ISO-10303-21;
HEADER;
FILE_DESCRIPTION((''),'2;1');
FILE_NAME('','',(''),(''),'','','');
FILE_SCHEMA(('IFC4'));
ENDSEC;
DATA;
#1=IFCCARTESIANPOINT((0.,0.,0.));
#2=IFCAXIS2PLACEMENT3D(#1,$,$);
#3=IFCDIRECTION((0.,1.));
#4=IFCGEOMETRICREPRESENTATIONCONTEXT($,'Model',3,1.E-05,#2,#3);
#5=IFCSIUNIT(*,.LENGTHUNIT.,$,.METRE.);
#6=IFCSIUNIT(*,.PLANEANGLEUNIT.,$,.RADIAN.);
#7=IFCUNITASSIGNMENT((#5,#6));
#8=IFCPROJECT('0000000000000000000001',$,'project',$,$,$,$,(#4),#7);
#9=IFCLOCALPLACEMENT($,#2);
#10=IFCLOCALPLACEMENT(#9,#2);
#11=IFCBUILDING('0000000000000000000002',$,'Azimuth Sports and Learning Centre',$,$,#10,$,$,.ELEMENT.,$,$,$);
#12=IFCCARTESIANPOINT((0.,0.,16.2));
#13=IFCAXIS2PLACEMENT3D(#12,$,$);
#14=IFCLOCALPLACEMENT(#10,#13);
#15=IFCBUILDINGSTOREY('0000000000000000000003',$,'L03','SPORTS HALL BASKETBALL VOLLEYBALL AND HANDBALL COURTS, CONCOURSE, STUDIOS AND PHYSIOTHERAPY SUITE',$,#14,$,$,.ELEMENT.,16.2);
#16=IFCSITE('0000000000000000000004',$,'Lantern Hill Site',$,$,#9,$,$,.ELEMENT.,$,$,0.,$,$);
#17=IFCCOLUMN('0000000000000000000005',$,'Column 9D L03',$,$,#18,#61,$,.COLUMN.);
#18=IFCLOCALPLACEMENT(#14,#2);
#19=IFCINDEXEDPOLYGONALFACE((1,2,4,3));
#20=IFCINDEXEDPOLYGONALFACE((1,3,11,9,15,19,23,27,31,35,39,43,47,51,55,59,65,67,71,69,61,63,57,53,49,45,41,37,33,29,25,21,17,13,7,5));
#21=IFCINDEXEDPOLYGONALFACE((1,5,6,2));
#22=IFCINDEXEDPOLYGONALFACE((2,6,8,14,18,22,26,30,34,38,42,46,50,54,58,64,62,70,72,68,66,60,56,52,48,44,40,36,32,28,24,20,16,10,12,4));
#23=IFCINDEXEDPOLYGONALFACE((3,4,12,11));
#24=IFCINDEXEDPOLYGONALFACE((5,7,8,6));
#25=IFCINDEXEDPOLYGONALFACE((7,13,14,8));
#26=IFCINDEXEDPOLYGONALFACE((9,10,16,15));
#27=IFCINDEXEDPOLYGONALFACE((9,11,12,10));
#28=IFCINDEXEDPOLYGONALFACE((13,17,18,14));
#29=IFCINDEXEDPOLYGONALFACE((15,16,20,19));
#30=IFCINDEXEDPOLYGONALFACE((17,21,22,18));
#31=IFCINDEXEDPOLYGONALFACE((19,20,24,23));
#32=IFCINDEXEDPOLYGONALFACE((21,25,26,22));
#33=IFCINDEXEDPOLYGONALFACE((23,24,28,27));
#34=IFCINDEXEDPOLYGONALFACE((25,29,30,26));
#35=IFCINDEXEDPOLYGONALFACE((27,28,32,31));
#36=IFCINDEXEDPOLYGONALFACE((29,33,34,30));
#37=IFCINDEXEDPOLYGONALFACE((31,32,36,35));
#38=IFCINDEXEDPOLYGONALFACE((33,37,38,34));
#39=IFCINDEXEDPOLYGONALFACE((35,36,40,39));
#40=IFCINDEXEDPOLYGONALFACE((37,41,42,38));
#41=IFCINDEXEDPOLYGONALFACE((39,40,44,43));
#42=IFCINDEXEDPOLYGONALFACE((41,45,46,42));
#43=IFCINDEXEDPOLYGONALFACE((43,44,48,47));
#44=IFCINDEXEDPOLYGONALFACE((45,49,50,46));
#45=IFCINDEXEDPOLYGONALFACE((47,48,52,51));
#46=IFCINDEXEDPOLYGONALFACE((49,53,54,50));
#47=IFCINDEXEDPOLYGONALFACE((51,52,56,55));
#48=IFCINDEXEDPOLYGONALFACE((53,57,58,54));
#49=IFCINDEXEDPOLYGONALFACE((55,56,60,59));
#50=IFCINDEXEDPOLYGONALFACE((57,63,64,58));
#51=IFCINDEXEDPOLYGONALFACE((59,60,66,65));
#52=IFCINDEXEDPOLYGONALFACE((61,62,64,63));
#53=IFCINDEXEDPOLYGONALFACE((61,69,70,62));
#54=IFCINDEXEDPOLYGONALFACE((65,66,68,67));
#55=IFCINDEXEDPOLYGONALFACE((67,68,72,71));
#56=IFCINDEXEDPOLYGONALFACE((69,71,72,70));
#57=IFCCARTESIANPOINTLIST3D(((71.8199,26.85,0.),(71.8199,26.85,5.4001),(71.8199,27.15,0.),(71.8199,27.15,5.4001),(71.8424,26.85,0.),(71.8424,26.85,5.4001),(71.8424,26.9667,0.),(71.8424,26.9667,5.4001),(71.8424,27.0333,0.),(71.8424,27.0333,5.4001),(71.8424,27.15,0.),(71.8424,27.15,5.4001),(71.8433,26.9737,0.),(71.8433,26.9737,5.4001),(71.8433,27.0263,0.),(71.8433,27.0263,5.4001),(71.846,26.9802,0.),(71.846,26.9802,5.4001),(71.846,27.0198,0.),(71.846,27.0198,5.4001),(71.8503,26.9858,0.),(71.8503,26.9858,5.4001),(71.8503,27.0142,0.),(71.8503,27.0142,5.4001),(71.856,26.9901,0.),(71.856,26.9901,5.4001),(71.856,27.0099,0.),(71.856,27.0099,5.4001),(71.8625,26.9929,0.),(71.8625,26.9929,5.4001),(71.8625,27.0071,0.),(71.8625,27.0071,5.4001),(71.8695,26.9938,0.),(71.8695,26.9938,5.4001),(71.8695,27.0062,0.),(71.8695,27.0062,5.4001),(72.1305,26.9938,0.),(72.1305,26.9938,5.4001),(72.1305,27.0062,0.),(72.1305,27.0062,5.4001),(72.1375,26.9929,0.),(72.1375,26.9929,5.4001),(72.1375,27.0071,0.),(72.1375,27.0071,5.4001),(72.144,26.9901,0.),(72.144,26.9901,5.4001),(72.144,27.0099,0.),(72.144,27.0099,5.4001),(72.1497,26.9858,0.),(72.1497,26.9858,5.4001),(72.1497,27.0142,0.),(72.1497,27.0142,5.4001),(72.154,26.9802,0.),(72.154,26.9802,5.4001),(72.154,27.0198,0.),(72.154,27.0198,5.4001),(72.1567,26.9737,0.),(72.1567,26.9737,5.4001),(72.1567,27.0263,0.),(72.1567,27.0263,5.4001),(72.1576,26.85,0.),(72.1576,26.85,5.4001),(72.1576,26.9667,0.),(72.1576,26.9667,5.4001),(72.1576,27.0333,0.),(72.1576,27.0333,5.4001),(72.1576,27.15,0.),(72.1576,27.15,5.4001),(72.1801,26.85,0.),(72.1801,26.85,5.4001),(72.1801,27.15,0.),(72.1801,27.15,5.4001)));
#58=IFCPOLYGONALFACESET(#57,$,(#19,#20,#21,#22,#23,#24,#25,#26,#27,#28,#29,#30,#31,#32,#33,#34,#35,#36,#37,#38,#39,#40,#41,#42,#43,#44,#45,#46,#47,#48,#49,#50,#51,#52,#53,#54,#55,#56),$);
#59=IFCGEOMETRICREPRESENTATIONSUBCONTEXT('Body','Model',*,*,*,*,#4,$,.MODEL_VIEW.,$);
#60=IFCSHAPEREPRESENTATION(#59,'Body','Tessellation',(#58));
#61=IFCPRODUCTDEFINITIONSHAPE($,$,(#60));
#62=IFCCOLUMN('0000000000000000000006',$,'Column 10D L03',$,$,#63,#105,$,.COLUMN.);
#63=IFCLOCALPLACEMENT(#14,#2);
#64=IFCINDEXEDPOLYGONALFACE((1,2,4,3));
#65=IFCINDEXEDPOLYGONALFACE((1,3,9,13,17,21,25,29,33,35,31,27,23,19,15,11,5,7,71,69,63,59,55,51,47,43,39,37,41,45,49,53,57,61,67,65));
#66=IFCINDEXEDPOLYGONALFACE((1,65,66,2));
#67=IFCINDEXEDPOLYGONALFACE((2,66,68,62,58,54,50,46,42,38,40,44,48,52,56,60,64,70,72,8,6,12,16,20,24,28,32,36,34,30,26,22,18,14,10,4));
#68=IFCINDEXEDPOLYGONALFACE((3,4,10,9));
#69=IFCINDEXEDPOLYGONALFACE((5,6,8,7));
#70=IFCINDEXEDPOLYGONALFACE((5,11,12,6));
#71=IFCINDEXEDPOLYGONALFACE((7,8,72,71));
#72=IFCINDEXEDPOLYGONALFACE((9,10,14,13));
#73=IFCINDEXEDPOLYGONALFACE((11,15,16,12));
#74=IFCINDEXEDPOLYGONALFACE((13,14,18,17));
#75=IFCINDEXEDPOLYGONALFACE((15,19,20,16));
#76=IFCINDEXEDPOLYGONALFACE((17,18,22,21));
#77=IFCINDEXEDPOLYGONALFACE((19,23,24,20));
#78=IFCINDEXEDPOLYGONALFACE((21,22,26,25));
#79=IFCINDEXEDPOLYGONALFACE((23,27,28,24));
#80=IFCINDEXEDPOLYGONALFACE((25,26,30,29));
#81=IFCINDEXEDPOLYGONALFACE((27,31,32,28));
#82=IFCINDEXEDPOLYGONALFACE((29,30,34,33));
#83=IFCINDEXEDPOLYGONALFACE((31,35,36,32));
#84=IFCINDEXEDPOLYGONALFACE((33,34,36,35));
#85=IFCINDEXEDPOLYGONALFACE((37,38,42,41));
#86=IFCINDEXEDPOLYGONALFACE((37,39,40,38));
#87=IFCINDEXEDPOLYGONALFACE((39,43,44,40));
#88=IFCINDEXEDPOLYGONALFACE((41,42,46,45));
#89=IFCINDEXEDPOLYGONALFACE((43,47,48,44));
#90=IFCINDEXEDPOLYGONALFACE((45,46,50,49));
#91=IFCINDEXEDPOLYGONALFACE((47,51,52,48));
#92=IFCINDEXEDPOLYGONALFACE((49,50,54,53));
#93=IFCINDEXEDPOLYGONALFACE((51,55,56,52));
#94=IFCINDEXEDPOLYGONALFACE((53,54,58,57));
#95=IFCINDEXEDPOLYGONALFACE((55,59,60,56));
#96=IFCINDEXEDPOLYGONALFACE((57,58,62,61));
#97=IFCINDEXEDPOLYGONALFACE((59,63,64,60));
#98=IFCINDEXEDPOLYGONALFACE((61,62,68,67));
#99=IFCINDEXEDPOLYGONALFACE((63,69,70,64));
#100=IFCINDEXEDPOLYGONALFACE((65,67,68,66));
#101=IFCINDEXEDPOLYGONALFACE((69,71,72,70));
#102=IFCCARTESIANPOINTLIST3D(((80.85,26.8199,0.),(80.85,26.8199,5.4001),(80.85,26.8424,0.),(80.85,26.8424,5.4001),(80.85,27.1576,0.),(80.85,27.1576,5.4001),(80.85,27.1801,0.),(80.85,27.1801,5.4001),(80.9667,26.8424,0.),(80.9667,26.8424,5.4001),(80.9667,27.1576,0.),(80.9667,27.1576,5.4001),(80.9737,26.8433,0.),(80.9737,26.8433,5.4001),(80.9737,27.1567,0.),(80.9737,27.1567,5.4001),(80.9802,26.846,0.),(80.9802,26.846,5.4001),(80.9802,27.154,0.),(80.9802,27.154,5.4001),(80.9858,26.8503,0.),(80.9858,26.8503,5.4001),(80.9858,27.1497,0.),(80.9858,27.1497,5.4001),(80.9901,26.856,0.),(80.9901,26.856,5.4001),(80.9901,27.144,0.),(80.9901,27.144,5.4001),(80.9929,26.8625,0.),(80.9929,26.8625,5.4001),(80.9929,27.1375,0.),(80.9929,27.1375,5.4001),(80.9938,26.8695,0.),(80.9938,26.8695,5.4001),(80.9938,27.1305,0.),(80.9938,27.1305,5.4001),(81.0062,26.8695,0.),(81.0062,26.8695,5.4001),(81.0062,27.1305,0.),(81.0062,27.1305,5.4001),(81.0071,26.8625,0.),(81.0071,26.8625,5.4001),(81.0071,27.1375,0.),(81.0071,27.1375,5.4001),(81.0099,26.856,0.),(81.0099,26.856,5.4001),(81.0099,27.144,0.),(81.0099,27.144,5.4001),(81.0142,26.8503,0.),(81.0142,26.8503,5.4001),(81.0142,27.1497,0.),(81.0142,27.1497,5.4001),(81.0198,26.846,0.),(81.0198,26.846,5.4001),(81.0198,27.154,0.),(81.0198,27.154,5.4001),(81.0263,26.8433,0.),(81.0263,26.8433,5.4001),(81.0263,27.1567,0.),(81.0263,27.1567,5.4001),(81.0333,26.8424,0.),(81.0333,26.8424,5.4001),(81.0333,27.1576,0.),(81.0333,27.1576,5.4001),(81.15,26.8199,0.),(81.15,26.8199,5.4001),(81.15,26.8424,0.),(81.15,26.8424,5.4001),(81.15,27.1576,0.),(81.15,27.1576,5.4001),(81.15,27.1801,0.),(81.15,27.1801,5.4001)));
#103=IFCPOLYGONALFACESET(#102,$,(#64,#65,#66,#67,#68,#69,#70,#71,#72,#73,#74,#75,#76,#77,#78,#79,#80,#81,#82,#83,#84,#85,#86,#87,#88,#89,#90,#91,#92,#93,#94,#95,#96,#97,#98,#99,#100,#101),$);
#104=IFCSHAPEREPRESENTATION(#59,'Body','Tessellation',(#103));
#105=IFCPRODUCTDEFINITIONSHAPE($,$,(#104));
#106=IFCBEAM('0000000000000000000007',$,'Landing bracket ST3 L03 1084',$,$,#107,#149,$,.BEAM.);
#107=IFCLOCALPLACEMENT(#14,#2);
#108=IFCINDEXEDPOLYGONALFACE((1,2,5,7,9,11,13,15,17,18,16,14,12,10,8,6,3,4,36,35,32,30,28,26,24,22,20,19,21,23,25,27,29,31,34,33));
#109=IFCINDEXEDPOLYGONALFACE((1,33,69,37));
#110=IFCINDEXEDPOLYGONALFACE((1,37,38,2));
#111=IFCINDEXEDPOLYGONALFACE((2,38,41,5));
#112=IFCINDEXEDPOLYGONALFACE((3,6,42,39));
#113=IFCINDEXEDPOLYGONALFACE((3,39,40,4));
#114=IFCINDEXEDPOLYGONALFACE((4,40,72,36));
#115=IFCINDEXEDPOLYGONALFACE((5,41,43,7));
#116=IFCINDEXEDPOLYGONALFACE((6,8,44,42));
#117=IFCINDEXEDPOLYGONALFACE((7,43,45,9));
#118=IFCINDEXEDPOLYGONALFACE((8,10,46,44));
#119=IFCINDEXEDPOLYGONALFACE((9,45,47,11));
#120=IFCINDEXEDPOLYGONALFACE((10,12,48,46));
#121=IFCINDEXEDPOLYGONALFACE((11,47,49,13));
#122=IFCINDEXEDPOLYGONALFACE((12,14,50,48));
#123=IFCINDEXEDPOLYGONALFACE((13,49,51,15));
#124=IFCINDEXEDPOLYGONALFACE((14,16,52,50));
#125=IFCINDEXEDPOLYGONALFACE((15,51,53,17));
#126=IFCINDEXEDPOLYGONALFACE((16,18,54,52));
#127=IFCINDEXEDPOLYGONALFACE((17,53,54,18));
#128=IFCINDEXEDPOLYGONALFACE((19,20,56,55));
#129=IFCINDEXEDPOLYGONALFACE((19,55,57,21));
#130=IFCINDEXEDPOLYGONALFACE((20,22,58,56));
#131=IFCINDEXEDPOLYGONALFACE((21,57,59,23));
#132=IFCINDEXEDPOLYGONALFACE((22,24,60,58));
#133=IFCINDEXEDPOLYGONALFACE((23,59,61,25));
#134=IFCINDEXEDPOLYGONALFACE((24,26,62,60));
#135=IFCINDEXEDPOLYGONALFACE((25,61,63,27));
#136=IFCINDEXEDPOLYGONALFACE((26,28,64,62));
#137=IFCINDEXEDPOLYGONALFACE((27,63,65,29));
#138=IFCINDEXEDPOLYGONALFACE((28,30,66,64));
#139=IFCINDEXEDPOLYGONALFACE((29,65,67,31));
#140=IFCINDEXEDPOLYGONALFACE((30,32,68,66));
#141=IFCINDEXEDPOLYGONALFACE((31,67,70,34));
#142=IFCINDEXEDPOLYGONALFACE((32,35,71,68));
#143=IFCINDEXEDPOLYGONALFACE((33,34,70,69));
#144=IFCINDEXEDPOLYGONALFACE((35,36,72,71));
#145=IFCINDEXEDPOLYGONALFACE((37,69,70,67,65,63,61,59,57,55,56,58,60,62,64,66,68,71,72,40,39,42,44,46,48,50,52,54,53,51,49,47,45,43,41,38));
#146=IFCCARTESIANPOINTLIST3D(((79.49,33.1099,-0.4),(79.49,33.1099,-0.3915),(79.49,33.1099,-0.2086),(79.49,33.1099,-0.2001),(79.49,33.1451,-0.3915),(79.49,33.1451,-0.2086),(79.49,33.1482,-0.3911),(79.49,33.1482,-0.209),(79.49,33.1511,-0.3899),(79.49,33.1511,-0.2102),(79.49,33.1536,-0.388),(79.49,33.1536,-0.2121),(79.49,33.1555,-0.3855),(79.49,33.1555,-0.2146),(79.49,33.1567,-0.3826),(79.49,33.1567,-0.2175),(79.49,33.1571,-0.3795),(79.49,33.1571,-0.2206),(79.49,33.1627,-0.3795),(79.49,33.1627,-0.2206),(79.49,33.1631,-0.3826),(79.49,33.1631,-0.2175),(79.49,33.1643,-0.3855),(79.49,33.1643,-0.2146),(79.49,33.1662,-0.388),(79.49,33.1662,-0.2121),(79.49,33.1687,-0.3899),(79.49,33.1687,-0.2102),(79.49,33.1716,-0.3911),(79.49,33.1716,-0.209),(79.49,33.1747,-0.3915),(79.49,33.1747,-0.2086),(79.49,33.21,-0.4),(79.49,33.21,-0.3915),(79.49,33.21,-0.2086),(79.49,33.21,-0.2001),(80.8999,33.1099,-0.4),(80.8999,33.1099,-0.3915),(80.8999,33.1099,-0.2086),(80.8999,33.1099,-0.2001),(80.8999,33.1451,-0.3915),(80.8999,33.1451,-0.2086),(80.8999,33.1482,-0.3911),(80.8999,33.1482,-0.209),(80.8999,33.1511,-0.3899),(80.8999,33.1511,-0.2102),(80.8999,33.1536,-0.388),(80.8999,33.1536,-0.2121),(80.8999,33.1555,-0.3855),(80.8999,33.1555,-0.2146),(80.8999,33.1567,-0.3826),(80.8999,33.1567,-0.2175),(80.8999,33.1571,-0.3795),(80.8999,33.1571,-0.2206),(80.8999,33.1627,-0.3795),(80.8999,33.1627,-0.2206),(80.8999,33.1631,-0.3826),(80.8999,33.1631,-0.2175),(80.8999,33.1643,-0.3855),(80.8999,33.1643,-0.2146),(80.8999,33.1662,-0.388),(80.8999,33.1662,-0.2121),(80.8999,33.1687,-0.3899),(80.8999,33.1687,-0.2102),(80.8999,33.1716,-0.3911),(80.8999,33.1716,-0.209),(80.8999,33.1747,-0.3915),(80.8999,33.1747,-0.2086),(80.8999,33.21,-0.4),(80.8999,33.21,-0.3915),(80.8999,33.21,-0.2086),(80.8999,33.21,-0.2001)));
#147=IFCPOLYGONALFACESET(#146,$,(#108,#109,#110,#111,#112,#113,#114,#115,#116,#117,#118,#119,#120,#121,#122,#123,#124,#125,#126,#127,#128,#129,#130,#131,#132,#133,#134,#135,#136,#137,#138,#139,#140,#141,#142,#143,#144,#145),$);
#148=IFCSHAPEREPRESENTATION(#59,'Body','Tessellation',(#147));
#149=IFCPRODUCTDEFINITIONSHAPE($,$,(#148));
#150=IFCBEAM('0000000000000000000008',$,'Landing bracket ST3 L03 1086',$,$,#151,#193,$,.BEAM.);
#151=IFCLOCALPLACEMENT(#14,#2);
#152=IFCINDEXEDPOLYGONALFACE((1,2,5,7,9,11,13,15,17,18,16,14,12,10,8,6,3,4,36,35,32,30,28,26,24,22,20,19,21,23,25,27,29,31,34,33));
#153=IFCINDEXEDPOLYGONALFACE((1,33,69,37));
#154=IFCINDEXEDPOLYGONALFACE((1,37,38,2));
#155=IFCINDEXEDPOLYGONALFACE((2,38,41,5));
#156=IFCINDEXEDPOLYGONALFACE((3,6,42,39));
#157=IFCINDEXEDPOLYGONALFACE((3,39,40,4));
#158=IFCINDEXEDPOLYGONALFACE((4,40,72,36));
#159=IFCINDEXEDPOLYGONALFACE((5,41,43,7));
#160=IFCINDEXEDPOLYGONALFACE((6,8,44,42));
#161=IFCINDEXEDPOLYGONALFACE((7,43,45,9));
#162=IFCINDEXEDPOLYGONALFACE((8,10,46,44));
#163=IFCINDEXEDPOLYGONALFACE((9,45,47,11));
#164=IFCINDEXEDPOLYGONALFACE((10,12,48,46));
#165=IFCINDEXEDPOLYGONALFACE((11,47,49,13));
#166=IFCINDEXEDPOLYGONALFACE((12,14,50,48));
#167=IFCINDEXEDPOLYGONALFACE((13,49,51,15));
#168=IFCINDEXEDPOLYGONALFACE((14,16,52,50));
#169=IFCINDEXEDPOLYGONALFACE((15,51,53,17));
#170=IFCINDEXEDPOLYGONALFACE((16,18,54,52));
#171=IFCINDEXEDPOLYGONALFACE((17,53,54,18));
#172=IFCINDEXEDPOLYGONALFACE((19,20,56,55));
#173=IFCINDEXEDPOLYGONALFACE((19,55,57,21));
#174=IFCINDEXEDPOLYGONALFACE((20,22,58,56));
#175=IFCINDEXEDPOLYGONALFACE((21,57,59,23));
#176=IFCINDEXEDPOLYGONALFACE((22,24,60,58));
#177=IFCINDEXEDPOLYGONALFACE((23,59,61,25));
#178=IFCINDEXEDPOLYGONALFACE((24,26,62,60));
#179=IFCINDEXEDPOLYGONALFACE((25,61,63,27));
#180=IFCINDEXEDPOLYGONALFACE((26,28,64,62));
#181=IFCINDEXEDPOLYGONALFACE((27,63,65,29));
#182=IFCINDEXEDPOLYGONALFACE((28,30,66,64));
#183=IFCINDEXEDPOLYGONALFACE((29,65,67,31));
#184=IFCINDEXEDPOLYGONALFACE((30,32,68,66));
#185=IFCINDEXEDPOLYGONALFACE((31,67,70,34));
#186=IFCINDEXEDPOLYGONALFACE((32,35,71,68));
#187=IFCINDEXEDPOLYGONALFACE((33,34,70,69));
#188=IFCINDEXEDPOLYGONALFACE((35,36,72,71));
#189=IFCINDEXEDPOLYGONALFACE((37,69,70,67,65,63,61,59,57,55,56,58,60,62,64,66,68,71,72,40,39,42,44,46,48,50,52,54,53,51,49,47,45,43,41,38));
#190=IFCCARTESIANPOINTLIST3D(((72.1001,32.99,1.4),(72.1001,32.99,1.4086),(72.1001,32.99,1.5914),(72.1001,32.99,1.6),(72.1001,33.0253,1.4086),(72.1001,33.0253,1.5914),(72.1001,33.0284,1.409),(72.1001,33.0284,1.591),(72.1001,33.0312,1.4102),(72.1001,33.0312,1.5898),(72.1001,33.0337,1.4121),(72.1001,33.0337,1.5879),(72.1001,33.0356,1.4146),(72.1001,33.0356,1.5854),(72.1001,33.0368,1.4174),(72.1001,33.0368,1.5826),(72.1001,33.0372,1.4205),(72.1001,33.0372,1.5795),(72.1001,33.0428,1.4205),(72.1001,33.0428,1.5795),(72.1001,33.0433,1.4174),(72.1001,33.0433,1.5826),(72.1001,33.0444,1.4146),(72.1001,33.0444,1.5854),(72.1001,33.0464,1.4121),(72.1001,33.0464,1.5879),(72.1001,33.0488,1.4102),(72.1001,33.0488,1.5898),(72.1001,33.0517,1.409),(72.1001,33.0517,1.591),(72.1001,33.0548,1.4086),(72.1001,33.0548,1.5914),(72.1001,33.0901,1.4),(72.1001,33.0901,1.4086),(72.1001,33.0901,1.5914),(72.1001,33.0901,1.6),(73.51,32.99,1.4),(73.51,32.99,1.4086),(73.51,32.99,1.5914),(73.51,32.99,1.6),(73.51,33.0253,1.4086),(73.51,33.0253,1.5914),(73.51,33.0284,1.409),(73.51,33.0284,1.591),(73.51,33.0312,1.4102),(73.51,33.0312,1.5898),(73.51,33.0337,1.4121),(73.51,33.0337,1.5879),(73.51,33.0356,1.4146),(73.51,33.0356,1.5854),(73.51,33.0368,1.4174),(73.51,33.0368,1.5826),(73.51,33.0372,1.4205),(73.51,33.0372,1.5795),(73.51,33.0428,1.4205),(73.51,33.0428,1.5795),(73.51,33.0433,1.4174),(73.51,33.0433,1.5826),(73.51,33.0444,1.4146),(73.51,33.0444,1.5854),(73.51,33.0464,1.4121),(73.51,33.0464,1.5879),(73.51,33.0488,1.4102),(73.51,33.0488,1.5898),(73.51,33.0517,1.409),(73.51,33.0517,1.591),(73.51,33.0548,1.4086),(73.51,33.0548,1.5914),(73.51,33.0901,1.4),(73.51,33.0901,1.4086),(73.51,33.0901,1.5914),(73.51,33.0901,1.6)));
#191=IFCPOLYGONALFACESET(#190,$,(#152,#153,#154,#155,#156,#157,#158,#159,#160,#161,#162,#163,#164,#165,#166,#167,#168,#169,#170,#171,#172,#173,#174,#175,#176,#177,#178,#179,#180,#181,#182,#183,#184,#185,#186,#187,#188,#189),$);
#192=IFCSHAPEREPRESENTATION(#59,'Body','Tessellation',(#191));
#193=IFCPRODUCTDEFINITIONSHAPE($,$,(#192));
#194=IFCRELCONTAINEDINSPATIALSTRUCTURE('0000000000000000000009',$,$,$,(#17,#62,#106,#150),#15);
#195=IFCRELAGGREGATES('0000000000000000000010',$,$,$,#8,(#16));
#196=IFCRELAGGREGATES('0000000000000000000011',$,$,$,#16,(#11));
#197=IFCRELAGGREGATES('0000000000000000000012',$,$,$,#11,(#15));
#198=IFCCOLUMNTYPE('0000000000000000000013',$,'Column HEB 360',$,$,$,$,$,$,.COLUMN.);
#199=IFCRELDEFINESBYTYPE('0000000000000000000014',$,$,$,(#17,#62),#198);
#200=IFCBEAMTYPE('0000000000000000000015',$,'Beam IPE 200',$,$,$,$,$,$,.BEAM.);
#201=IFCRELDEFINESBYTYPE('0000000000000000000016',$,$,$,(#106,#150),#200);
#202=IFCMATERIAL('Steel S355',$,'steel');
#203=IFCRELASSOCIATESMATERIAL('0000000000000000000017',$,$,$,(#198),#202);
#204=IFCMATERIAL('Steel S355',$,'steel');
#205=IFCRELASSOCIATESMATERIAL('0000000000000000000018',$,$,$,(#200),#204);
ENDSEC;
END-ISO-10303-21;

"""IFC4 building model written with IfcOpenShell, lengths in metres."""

from ifc_helpers import new_model, si_unit, direction, frame, origin, origin_2d, place, context, subcontext, project, spatial, i_section, extrude, material, material_profile, profile_set, type_object, element, save


model = new_model("IFC4")

# Units and contexts
model_context = context("Model", 3, precision=1e-05, world=origin(), true_north=direction((0.0, 1.0)))
body_context = subcontext(model_context, "Body", "Model", "MODEL_VIEW")
ifc_project = project(units=[si_unit("LENGTHUNIT", "METRE"), si_unit("PLANEANGLEUNIT", "RADIAN")], contexts=[model_context])

# Site, building, storey
site_placement = place(None, origin())
site = spatial("IfcSite", under=ifc_project, at=site_placement, Name="Lantern Hill Site", CompositionType="ELEMENT", RefElevation=0.0)
building_placement = place(site_placement, origin())
building = spatial("IfcBuilding", under=site, at=building_placement, Name="Azimuth Sports and Learning Centre", CompositionType="ELEMENT")
storey_placement = place(building_placement, frame((0.0, 0.0, 16.2)))
storey = spatial("IfcBuildingStorey", under=building, at=storey_placement, Name="L03", Description="SPORTS HALL BASKETBALL VOLLEYBALL AND HANDBALL COURTS, CONCOURSE, STUDIOS AND PHYSIOTHERAPY SUITE", CompositionType="ELEMENT", Elevation=16.2)

# Columns
ifc_material_1 = material(Name="Steel S355", Category="steel")
ifc_material_profile_1 = material_profile(ifc_material_1, i_section(OverallWidth=0.3, OverallDepth=0.3601, WebThickness=0.0125, FlangeThickness=0.0225, FilletRadius=0.0271, at=origin_2d()), Name="HEB 360")
ifc_profile_set_1 = profile_set([ifc_material_profile_1], Name="Steel S355")
column_type = type_object("IfcColumnType", Name="Column HEB 360", PredefinedType="COLUMN", material=ifc_profile_set_1)
for number, where, z_axis, x_axis, name in (
    (1, (72.0, 27.0, 0.0), (0.0, 0.0, 1.0), (0.0, 1.0, 0.0), "Column 9D L03"),
    (2, (81.0, 27.0, 0.0), (0.0, 0.0, 1.0), (1.0, 0.0, 0.0), "Column 10D L03"),
):
    element("IfcColumn", number, at=place(storey_placement, frame(where, z_axis=z_axis, x_axis=x_axis)), inside=storey, type_object=column_type, Name=name, PredefinedType="COLUMN", context=body_context, shape_type="SweptSolid", body=[
        extrude(i_section(OverallWidth=0.3, OverallDepth=0.3601, WebThickness=0.0125, FlangeThickness=0.0225, FilletRadius=0.0271, at=origin_2d()), origin(), (0.0, 0.0, 1.0), 5.4001),
    ])

# Beams
ifc_material_2 = material(Name="Steel S355", Category="steel")
ifc_material_profile_2 = material_profile(ifc_material_2, i_section(OverallWidth=0.1001, OverallDepth=0.2, WebThickness=0.0056, FlangeThickness=0.0085, FilletRadius=0.012, at=origin_2d()), Name="IPE 200")
ifc_profile_set_2 = profile_set([ifc_material_profile_2], Name="Steel S355")
beam_type = type_object("IfcBeamType", Name="Beam IPE 200", PredefinedType="BEAM", material=ifc_profile_set_2)
for number, where, z_axis, x_axis, name in (
    (3, (80.8999, 33.1599, -0.3), (-1.0, 0.0, 0.0), (0.0, -1.0, 0.0), "Landing bracket ST3 L03 1084"),
    (4, (72.1001, 33.04, 1.5), (1.0, 0.0, 0.0), (0.0, 1.0, 0.0), "Landing bracket ST3 L03 1086"),
):
    element("IfcBeam", number, at=place(storey_placement, frame(where, z_axis=z_axis, x_axis=x_axis)), inside=storey, type_object=beam_type, Name=name, PredefinedType="BEAM", context=body_context, shape_type="SweptSolid", body=[
        extrude(i_section(OverallWidth=0.1001, OverallDepth=0.2, WebThickness=0.0056, FlangeThickness=0.0085, FilletRadius=0.012, at=origin_2d()), origin(), (0.0, 0.0, 1.0), 1.4099),
    ])

save(model, "model.ifc")
